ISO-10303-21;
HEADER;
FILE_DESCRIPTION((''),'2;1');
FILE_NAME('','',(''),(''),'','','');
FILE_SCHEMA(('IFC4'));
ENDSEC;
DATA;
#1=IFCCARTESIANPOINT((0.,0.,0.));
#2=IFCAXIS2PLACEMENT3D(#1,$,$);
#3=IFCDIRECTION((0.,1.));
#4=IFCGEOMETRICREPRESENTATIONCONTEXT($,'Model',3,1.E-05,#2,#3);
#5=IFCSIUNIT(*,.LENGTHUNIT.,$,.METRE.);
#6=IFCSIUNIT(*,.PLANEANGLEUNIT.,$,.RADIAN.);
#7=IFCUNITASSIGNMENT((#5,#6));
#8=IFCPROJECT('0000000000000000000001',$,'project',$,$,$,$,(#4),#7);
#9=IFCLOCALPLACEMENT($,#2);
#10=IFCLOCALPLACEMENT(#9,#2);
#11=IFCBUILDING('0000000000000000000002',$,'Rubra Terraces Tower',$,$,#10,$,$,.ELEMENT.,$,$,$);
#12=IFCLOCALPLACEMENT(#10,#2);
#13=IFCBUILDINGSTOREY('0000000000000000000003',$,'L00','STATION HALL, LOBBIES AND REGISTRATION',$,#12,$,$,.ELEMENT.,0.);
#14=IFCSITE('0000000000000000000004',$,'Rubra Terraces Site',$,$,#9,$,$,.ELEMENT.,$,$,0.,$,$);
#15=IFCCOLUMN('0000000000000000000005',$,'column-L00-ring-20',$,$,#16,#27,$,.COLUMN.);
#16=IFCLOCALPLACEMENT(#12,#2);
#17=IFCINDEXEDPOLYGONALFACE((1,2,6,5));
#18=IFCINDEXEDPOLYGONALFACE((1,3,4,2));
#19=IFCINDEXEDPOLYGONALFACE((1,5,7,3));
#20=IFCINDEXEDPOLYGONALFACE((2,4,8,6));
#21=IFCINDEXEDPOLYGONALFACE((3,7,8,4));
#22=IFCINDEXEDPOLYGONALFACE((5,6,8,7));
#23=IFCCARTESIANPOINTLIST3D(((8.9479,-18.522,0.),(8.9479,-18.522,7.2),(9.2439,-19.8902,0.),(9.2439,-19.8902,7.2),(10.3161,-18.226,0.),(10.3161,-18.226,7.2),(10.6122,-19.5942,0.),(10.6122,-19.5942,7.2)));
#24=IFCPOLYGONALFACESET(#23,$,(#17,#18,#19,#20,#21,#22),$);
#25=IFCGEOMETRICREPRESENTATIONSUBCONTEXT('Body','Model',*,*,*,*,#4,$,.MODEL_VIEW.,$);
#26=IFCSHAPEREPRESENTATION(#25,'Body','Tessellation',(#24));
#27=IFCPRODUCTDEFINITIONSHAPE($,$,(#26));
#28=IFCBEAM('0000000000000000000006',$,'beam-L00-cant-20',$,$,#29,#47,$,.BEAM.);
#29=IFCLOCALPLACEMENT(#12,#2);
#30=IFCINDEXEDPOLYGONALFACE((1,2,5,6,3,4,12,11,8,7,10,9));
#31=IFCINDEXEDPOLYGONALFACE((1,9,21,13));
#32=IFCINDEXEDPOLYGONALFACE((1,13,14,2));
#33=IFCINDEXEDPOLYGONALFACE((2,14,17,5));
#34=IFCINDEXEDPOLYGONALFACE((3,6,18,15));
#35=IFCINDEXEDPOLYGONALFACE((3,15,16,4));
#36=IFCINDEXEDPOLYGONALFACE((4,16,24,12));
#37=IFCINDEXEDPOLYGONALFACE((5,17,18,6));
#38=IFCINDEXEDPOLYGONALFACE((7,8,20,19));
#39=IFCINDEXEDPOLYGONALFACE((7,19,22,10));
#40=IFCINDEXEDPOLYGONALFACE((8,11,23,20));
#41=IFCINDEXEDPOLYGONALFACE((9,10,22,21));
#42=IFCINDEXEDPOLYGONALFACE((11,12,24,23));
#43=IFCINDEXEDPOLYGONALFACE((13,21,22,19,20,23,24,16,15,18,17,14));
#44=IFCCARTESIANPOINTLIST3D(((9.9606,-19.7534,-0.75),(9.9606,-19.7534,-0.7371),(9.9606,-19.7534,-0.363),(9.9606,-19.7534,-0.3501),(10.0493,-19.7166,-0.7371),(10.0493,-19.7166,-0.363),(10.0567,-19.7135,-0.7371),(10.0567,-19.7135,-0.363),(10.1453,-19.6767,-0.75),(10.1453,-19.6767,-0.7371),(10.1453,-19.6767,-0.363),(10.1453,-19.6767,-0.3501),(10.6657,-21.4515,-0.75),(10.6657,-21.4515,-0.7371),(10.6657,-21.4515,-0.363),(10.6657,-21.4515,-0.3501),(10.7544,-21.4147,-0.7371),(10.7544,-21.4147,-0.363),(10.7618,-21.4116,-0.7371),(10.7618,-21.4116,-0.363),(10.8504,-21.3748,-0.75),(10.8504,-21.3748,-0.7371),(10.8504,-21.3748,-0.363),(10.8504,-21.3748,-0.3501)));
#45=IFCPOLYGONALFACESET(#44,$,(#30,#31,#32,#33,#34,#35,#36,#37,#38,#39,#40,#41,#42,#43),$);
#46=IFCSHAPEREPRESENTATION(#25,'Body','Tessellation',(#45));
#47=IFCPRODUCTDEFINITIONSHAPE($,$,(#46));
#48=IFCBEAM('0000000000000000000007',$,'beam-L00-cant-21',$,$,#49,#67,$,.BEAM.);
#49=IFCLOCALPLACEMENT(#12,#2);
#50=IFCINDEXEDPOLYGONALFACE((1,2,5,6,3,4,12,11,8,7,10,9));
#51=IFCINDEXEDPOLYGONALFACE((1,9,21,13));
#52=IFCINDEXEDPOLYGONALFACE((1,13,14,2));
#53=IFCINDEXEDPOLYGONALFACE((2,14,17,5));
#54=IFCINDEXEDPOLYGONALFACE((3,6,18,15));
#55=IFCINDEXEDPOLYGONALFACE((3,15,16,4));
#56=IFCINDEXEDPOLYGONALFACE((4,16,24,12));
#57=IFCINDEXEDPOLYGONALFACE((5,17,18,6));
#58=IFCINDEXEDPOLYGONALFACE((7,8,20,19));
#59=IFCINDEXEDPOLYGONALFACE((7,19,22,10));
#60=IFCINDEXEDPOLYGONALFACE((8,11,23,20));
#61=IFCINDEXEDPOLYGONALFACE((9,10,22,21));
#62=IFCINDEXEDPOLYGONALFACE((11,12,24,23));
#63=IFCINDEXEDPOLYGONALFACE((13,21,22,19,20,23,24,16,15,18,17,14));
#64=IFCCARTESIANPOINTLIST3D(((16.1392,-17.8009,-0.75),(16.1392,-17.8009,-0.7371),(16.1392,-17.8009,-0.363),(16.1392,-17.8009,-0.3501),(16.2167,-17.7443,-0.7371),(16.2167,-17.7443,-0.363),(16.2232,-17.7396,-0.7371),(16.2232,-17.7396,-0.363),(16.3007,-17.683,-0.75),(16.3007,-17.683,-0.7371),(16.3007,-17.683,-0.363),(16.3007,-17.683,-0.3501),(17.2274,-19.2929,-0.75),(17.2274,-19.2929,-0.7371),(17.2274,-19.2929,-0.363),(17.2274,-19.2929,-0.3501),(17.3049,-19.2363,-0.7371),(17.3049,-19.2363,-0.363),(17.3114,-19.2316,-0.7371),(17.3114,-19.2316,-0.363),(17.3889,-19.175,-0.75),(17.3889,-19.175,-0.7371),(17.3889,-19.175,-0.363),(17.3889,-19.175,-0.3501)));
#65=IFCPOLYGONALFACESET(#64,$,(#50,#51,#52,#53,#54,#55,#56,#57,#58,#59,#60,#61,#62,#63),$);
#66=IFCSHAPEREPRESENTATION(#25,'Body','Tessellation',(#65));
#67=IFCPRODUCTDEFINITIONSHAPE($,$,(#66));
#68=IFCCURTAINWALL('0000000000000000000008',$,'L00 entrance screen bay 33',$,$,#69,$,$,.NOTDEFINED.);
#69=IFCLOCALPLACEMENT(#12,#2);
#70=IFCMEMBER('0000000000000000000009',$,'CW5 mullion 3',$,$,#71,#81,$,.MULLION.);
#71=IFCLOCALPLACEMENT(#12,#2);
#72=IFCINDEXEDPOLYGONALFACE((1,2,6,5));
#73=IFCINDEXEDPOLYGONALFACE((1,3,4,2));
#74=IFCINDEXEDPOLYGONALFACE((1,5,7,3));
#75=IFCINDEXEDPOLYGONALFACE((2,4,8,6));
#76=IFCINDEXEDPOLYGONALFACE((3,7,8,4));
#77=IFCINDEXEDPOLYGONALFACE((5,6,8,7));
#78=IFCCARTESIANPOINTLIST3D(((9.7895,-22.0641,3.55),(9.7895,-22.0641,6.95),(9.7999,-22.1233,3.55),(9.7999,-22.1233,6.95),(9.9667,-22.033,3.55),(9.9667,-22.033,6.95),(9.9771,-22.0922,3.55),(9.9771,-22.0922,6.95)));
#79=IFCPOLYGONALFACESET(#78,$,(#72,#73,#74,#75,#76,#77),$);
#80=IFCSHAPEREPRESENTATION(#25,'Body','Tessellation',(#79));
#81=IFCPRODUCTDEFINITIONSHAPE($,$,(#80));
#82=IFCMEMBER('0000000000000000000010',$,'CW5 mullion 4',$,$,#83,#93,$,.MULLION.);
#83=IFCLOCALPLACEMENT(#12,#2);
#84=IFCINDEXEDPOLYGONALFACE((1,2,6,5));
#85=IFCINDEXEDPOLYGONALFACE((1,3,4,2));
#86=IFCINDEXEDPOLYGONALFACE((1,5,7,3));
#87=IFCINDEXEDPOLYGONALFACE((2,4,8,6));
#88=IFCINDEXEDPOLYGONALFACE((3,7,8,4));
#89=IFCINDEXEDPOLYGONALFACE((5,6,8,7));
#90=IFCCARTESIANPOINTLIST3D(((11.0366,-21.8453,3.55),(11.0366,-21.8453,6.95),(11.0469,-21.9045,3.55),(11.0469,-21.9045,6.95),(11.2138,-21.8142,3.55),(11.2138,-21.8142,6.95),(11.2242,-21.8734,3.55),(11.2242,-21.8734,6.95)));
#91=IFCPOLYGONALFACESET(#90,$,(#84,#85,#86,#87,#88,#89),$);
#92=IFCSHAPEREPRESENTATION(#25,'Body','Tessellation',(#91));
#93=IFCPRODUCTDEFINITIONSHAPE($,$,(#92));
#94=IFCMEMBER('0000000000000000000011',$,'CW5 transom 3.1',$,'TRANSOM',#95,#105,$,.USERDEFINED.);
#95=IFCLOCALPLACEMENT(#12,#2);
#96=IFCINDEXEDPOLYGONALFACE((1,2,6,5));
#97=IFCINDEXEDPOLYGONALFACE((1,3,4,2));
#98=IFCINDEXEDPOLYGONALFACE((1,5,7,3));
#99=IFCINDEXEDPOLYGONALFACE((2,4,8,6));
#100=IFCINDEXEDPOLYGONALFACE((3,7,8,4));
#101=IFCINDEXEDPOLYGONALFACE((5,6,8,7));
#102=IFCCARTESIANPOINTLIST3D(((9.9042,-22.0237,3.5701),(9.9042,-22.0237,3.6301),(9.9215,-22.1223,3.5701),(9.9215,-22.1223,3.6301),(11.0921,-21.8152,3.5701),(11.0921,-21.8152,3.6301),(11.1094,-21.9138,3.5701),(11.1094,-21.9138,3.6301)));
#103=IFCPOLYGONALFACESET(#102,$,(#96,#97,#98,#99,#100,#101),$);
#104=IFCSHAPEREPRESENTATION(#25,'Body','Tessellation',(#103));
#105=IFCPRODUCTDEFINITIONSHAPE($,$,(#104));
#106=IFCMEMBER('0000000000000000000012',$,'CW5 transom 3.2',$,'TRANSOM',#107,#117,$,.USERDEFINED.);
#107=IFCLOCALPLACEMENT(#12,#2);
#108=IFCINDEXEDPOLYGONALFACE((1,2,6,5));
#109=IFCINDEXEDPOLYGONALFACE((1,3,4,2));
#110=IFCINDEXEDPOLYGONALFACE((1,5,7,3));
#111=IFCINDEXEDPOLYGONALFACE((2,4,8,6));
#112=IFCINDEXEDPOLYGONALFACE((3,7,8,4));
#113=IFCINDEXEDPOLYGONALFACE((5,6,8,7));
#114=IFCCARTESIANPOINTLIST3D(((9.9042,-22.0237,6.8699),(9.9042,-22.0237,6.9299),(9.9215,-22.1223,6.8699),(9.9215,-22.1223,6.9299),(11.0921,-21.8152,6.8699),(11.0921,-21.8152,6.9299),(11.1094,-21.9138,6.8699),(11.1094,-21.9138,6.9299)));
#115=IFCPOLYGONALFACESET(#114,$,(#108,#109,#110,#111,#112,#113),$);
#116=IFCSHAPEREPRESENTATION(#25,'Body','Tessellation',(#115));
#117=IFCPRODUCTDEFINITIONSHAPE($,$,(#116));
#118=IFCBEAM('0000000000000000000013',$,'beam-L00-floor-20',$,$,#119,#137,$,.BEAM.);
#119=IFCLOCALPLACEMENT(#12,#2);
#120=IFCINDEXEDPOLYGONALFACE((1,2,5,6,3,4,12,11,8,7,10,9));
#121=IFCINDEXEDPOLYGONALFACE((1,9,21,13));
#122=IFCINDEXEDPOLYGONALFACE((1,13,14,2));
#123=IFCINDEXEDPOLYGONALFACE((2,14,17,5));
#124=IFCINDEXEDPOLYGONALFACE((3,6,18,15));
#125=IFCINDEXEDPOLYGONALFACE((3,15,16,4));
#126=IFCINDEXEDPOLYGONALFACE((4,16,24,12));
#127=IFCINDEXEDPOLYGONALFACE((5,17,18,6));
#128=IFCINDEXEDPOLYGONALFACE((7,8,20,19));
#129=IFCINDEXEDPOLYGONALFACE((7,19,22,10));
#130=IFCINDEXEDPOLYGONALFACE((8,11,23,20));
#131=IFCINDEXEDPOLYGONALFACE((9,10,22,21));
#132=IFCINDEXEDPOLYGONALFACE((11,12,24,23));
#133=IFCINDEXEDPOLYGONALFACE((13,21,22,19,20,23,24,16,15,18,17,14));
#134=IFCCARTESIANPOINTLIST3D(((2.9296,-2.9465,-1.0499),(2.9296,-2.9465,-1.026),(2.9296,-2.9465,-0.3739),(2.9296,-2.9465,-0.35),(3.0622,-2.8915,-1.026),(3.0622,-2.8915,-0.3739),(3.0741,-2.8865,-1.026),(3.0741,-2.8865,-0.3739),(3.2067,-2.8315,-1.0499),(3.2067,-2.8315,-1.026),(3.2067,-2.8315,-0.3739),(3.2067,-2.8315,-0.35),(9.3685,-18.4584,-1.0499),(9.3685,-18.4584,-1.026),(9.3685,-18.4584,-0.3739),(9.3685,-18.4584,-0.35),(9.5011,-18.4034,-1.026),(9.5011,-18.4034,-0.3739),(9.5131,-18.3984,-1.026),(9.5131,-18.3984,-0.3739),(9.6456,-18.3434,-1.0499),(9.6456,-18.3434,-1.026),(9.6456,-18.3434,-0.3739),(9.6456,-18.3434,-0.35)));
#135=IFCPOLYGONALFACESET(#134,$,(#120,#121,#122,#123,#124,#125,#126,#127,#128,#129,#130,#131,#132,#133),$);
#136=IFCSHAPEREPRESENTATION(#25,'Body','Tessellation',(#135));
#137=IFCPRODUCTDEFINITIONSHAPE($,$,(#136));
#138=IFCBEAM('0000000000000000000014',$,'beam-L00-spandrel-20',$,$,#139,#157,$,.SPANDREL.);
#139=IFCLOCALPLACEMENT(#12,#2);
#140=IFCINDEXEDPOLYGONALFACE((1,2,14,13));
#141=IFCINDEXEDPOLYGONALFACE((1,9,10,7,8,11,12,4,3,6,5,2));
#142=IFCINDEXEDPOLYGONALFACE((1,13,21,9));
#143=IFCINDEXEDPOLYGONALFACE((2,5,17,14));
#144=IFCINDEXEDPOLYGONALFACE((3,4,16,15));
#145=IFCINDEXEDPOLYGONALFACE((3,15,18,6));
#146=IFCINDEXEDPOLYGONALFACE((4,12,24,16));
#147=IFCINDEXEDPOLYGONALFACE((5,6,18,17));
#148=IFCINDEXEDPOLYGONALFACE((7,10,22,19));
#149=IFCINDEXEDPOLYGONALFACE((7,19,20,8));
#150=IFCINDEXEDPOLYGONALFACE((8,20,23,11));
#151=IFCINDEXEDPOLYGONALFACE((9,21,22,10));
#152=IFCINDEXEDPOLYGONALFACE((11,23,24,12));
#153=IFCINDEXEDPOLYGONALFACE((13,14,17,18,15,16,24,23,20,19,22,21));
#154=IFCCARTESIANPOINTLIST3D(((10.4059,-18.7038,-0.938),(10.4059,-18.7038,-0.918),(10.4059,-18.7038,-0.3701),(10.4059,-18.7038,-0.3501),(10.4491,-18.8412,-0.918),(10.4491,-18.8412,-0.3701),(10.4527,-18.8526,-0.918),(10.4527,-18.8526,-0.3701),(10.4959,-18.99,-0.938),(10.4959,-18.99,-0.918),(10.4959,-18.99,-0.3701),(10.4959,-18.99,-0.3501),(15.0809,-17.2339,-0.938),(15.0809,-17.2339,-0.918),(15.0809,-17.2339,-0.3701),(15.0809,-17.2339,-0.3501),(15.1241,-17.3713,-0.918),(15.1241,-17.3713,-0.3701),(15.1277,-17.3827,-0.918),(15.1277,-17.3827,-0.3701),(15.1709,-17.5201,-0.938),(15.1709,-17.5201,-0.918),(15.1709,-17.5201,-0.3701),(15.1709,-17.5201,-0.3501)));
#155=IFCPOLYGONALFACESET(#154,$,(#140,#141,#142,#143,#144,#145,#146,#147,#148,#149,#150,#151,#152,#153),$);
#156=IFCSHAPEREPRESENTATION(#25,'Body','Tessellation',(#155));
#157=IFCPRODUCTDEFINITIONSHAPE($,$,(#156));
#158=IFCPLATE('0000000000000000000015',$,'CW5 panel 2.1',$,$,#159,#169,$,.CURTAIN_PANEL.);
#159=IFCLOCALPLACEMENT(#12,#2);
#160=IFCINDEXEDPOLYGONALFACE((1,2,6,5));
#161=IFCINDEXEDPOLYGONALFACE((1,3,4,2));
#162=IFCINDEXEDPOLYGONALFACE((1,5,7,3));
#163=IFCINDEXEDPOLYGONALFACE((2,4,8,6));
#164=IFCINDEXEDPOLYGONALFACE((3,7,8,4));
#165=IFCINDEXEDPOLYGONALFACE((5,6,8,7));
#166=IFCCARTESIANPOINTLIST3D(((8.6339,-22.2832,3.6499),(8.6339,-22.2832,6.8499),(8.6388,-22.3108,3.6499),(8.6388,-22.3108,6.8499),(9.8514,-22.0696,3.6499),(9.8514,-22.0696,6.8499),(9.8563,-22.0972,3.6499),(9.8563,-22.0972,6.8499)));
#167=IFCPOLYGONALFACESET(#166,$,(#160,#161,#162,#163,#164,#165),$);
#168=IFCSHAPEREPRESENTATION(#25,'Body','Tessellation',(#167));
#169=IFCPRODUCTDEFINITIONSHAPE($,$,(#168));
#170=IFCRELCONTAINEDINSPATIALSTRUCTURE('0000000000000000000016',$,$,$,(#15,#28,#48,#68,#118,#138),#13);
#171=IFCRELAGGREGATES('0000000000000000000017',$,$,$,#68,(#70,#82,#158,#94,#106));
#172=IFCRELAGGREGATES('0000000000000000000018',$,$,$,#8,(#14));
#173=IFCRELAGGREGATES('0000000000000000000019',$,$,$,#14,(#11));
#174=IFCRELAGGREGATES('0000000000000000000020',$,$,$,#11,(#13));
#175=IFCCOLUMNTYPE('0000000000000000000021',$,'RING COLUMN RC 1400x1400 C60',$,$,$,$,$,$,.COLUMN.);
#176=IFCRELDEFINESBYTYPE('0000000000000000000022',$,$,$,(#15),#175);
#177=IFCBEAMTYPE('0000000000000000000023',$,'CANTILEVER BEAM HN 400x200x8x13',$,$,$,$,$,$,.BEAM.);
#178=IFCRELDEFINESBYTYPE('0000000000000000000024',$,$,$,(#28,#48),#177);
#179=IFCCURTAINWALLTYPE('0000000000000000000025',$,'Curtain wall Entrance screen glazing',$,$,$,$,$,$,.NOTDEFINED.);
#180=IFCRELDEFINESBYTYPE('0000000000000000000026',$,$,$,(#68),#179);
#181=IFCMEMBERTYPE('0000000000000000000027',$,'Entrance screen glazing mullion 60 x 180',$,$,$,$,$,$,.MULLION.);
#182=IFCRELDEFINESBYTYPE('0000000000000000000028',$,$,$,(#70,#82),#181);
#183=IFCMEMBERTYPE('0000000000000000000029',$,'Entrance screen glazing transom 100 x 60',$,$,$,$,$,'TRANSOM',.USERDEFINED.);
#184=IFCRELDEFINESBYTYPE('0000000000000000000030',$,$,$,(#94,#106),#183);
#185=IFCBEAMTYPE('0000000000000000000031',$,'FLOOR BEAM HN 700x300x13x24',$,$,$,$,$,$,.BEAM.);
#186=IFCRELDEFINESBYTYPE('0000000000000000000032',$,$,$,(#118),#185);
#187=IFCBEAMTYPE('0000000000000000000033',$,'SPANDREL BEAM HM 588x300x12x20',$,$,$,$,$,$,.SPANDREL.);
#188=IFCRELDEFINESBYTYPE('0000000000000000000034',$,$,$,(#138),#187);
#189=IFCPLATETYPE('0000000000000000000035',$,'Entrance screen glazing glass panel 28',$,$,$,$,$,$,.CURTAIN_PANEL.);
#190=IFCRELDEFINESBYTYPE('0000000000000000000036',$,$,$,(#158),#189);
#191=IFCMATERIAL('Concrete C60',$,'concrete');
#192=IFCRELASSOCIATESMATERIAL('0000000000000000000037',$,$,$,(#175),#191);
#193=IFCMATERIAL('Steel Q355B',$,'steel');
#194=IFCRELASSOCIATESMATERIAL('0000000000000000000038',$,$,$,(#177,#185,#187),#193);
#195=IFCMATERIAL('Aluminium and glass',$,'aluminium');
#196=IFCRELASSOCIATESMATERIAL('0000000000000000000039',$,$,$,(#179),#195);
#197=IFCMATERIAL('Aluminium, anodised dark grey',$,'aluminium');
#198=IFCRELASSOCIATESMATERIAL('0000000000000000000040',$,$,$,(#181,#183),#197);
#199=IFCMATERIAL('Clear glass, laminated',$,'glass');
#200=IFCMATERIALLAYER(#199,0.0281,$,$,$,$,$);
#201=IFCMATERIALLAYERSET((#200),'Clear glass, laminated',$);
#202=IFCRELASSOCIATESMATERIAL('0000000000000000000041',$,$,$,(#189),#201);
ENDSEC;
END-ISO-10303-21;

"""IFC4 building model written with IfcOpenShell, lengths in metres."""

from ifc_helpers import new_model, si_unit, direction, frame, origin, origin_2d, place, context, subcontext, project, spatial, rectangle, i_section, extrude, material, layer, layer_set, material_profile, profile_set, type_object, element, aggregate, save


model = new_model("IFC4")

# Units and contexts
model_context = context("Model", 3, precision=1e-05, world=origin(), true_north=direction((0.0, 1.0)))
body_context = subcontext(model_context, "Body", "Model", "MODEL_VIEW")
ifc_project = project(units=[si_unit("LENGTHUNIT", "METRE"), si_unit("PLANEANGLEUNIT", "RADIAN")], contexts=[model_context])

# Site, building, storey
site_placement = place(None, origin())
site = spatial("IfcSite", under=ifc_project, at=site_placement, Name="Rubra Terraces Site", CompositionType="ELEMENT", RefElevation=0.0)
building_placement = place(site_placement, origin())
building = spatial("IfcBuilding", under=site, at=building_placement, Name="Rubra Terraces Tower", CompositionType="ELEMENT")
storey_placement = place(building_placement, origin())
storey = spatial("IfcBuildingStorey", under=building, at=storey_placement, Name="L00", Description="STATION HALL, LOBBIES AND REGISTRATION", CompositionType="ELEMENT", Elevation=0.0)

# Column
ifc_material_1 = material(Name="Concrete C60", Category="concrete")
ifc_material_profile_1 = material_profile(ifc_material_1, rectangle(XDim=1.3999, YDim=1.3999, at=origin_2d()), Name="RC 1400x1400")
ifc_profile_set_1 = profile_set([ifc_material_profile_1], Name="Concrete C60")
column_type = type_object("IfcColumnType", Name="RING COLUMN RC 1400x1400 C60", PredefinedType="COLUMN", material=ifc_profile_set_1)
column_placement = place(storey_placement, frame((9.78, -19.0581, 0.0), z_axis=(0.0, 0.0, 1.0), x_axis=(0.977386, 0.211462, 0.0)))
element("IfcColumn", 1, at=column_placement, inside=storey, type_object=column_type, Name="column-L00-ring-20", PredefinedType="COLUMN", context=body_context, shape_type="SweptSolid", body=[
    extrude(rectangle(XDim=1.3999, YDim=1.3999, at=origin_2d()), origin(), (0.0, 0.0, 1.0), 7.2),
])

# Beams
ifc_material_2 = material(Name="Steel Q355B", Category="steel")
ifc_material_profile_2 = material_profile(ifc_material_2, i_section(OverallWidth=0.2, OverallDepth=0.3999, WebThickness=0.0081, FlangeThickness=0.0129, at=origin_2d()), Name="HN 400x200x8x13")
ifc_profile_set_2 = profile_set([ifc_material_profile_2], Name="Steel Q355B")
beam_type_1 = type_object("IfcBeamType", Name="CANTILEVER BEAM HN 400x200x8x13", PredefinedType="BEAM", material=ifc_profile_set_2)
beam_1_placement = place(storey_placement, frame((10.053, -19.7151, -0.55), z_axis=(0.383493, -0.923544, 0.0), x_axis=(0.923544, 0.383493, 0.0)))
element("IfcBeam", 2, at=beam_1_placement, inside=storey, type_object=beam_type_1, Name="beam-L00-cant-20", PredefinedType="BEAM", context=body_context, shape_type="SweptSolid", body=[
    extrude(i_section(OverallWidth=0.2, OverallDepth=0.3999, WebThickness=0.0081, FlangeThickness=0.0129, at=origin_2d()), origin(), (0.0, 0.0, 1.0), 1.8386),
])
beam_2_placement = place(storey_placement, frame((16.22, -17.7419, -0.55), z_axis=(0.589264, -0.807941, 0.0), x_axis=(0.807941, 0.589264, 0.0)))
element("IfcBeam", 3, at=beam_2_placement, inside=storey, type_object=beam_type_1, Name="beam-L00-cant-21", PredefinedType="BEAM", context=body_context, shape_type="SweptSolid", body=[
    extrude(i_section(OverallWidth=0.2, OverallDepth=0.3999, WebThickness=0.0081, FlangeThickness=0.0129, at=origin_2d()), origin(), (0.0, 0.0, 1.0), 1.8467),
])

# Curtain wall, members
ifc_material_3 = material(Name="Aluminium and glass", Category="aluminium")
curtain_wall_type = type_object("IfcCurtainWallType", Name="Curtain wall Entrance screen glazing", PredefinedType="NOTDEFINED", material=ifc_material_3)
curtain_wall_placement = place(storey_placement, origin())
curtain_wall = element("IfcCurtainWall", 4, at=curtain_wall_placement, inside=storey, type_object=curtain_wall_type, Name="L00 entrance screen bay 33", PredefinedType="NOTDEFINED")
ifc_material_4 = material(Name="Aluminium, anodised dark grey", Category="aluminium")
ifc_material_profile_3 = material_profile(ifc_material_4, rectangle(XDim=0.0601, YDim=0.1799, at=origin_2d()), Name="AL 60x180")
ifc_profile_set_3 = profile_set([ifc_material_profile_3], Name="Aluminium, anodised dark grey")
member_type_1 = type_object("IfcMemberType", Name="Entrance screen glazing mullion 60 x 180", PredefinedType="MULLION", material=ifc_profile_set_3)
member_1_placement = place(storey_placement, frame((9.8833, -22.0781, 3.55), z_axis=(0.0, 0.0, 1.0), x_axis=(-0.172817, 0.984954, 0.0)))
member_1 = element("IfcMember", 5, at=member_1_placement, type_object=member_type_1, Name="CW5 mullion 3", PredefinedType="MULLION", context=body_context, shape_type="SweptSolid", body=[
    extrude(rectangle(XDim=0.0601, YDim=0.1799, at=origin_2d()), origin(), (0.0, 0.0, 1.0), 3.3999),
])
member_2_placement = place(storey_placement, frame((11.1304, -21.8594, 3.55), z_axis=(0.0, 0.0, 1.0), x_axis=(-0.172817, 0.984954, 0.0)))
member_2 = element("IfcMember", 6, at=member_2_placement, type_object=member_type_1, Name="CW5 mullion 4", PredefinedType="MULLION", context=body_context, shape_type="SweptSolid", body=[
    extrude(rectangle(XDim=0.0601, YDim=0.1799, at=origin_2d()), origin(), (0.0, 0.0, 1.0), 3.3999),
])
ifc_material_profile_4 = material_profile(ifc_material_4, rectangle(XDim=0.1001, YDim=0.0601, at=origin_2d()), Name="AL 100x60")
ifc_profile_set_4 = profile_set([ifc_material_profile_4], Name="Aluminium, anodised dark grey")
member_type_2 = type_object("IfcMemberType", Name="Entrance screen glazing transom 100 x 60", ElementType="TRANSOM", PredefinedType="USERDEFINED", material=ifc_profile_set_4)
member_3_placement = place(storey_placement, frame((9.9128, -22.073, 3.6001), z_axis=(0.984946, 0.172861, 0.0), x_axis=(-0.172861, 0.984946, 0.0)))
member_3 = element("IfcMember", 7, at=member_3_placement, type_object=member_type_2, Name="CW5 transom 3.1", ObjectType="TRANSOM", PredefinedType="USERDEFINED", context=body_context, shape_type="SweptSolid", body=[
    extrude(rectangle(XDim=0.1001, YDim=0.0601, at=origin_2d()), origin(), (0.0, 0.0, 1.0), 1.2061),
])
member_4_placement = place(storey_placement, frame((9.9128, -22.073, 6.8999), z_axis=(0.984946, 0.172861, 0.0), x_axis=(-0.172861, 0.984946, 0.0)))
member_4 = element("IfcMember", 8, at=member_4_placement, type_object=member_type_2, Name="CW5 transom 3.2", ObjectType="TRANSOM", PredefinedType="USERDEFINED", context=body_context, shape_type="SweptSolid", body=[
    extrude(rectangle(XDim=0.1001, YDim=0.0601, at=origin_2d()), origin(), (0.0, 0.0, 1.0), 1.2061),
])

# Beams
ifc_material_profile_5 = material_profile(ifc_material_2, i_section(OverallWidth=0.3, OverallDepth=0.7, WebThickness=0.0129, FlangeThickness=0.0239, at=origin_2d()), Name="HN 700x300x13x24")
ifc_profile_set_5 = profile_set([ifc_material_profile_5], Name="Steel Q355B")
beam_type_2 = type_object("IfcBeamType", Name="FLOOR BEAM HN 700x300x13x24", PredefinedType="BEAM", material=ifc_profile_set_5)
beam_3_placement = place(storey_placement, frame((9.5071, -18.4009, -0.7), z_axis=(-0.38338, 0.923591, 0.0), x_axis=(-0.923591, -0.38338, 0.0)))
element("IfcBeam", 9, at=beam_3_placement, inside=storey, type_object=beam_type_2, Name="beam-L00-floor-20", PredefinedType="BEAM", context=body_context, shape_type="SweptSolid", body=[
    extrude(i_section(OverallWidth=0.3, OverallDepth=0.7, WebThickness=0.0129, FlangeThickness=0.0239, at=origin_2d()), origin(), (0.0, 0.0, 1.0), 16.7952),
])
ifc_material_profile_6 = material_profile(ifc_material_2, i_section(OverallWidth=0.3, OverallDepth=0.5879, WebThickness=0.012, FlangeThickness=0.02, at=origin_2d()), Name="HM 588x300x12x20")
ifc_profile_set_6 = profile_set([ifc_material_profile_6], Name="Steel Q355B")
beam_type_3 = type_object("IfcBeamType", Name="SPANDREL BEAM HM 588x300x12x20", PredefinedType="SPANDREL", material=ifc_profile_set_6)
beam_4_placement = place(storey_placement, frame((10.4509, -18.8469, -0.644), z_axis=(0.953955, 0.299951, 0.0), x_axis=(-0.299951, 0.953955, 0.0)))
element("IfcBeam", 10, at=beam_4_placement, inside=storey, type_object=beam_type_3, Name="beam-L00-spandrel-20", PredefinedType="SPANDREL", context=body_context, shape_type="SweptSolid", body=[
    extrude(i_section(OverallWidth=0.3, OverallDepth=0.5879, WebThickness=0.012, FlangeThickness=0.02, at=origin_2d()), origin(), (0.0, 0.0, 1.0), 4.9006),
])

# Plate
ifc_material_5 = material(Name="Clear glass, laminated", Category="glass")
ifc_layer_1 = layer(ifc_material_5, 0.0281)
ifc_layer_set_1 = layer_set([ifc_layer_1], Name="Clear glass, laminated")
plate_type = type_object("IfcPlateType", Name="Entrance screen glazing glass panel 28", PredefinedType="CURTAIN_PANEL", material=ifc_layer_set_1)
plate_1_placement = place(storey_placement, frame((9.2451, -22.1902, 3.6499), z_axis=(0.0, 0.0, 1.0), x_axis=(0.984954, 0.172817, 0.0)))
plate_1 = element("IfcPlate", 11, at=plate_1_placement, type_object=plate_type, Name="CW5 panel 2.1", PredefinedType="CURTAIN_PANEL", context=body_context, shape_type="SweptSolid", body=[
    extrude(rectangle(XDim=1.2361, YDim=0.0281, at=origin_2d()), origin(), (0.0, 0.0, 1.0), 3.2),
])
aggregate(curtain_wall, [member_1, member_2, plate_1, member_3, member_4])

save(model, "model.ifc")
